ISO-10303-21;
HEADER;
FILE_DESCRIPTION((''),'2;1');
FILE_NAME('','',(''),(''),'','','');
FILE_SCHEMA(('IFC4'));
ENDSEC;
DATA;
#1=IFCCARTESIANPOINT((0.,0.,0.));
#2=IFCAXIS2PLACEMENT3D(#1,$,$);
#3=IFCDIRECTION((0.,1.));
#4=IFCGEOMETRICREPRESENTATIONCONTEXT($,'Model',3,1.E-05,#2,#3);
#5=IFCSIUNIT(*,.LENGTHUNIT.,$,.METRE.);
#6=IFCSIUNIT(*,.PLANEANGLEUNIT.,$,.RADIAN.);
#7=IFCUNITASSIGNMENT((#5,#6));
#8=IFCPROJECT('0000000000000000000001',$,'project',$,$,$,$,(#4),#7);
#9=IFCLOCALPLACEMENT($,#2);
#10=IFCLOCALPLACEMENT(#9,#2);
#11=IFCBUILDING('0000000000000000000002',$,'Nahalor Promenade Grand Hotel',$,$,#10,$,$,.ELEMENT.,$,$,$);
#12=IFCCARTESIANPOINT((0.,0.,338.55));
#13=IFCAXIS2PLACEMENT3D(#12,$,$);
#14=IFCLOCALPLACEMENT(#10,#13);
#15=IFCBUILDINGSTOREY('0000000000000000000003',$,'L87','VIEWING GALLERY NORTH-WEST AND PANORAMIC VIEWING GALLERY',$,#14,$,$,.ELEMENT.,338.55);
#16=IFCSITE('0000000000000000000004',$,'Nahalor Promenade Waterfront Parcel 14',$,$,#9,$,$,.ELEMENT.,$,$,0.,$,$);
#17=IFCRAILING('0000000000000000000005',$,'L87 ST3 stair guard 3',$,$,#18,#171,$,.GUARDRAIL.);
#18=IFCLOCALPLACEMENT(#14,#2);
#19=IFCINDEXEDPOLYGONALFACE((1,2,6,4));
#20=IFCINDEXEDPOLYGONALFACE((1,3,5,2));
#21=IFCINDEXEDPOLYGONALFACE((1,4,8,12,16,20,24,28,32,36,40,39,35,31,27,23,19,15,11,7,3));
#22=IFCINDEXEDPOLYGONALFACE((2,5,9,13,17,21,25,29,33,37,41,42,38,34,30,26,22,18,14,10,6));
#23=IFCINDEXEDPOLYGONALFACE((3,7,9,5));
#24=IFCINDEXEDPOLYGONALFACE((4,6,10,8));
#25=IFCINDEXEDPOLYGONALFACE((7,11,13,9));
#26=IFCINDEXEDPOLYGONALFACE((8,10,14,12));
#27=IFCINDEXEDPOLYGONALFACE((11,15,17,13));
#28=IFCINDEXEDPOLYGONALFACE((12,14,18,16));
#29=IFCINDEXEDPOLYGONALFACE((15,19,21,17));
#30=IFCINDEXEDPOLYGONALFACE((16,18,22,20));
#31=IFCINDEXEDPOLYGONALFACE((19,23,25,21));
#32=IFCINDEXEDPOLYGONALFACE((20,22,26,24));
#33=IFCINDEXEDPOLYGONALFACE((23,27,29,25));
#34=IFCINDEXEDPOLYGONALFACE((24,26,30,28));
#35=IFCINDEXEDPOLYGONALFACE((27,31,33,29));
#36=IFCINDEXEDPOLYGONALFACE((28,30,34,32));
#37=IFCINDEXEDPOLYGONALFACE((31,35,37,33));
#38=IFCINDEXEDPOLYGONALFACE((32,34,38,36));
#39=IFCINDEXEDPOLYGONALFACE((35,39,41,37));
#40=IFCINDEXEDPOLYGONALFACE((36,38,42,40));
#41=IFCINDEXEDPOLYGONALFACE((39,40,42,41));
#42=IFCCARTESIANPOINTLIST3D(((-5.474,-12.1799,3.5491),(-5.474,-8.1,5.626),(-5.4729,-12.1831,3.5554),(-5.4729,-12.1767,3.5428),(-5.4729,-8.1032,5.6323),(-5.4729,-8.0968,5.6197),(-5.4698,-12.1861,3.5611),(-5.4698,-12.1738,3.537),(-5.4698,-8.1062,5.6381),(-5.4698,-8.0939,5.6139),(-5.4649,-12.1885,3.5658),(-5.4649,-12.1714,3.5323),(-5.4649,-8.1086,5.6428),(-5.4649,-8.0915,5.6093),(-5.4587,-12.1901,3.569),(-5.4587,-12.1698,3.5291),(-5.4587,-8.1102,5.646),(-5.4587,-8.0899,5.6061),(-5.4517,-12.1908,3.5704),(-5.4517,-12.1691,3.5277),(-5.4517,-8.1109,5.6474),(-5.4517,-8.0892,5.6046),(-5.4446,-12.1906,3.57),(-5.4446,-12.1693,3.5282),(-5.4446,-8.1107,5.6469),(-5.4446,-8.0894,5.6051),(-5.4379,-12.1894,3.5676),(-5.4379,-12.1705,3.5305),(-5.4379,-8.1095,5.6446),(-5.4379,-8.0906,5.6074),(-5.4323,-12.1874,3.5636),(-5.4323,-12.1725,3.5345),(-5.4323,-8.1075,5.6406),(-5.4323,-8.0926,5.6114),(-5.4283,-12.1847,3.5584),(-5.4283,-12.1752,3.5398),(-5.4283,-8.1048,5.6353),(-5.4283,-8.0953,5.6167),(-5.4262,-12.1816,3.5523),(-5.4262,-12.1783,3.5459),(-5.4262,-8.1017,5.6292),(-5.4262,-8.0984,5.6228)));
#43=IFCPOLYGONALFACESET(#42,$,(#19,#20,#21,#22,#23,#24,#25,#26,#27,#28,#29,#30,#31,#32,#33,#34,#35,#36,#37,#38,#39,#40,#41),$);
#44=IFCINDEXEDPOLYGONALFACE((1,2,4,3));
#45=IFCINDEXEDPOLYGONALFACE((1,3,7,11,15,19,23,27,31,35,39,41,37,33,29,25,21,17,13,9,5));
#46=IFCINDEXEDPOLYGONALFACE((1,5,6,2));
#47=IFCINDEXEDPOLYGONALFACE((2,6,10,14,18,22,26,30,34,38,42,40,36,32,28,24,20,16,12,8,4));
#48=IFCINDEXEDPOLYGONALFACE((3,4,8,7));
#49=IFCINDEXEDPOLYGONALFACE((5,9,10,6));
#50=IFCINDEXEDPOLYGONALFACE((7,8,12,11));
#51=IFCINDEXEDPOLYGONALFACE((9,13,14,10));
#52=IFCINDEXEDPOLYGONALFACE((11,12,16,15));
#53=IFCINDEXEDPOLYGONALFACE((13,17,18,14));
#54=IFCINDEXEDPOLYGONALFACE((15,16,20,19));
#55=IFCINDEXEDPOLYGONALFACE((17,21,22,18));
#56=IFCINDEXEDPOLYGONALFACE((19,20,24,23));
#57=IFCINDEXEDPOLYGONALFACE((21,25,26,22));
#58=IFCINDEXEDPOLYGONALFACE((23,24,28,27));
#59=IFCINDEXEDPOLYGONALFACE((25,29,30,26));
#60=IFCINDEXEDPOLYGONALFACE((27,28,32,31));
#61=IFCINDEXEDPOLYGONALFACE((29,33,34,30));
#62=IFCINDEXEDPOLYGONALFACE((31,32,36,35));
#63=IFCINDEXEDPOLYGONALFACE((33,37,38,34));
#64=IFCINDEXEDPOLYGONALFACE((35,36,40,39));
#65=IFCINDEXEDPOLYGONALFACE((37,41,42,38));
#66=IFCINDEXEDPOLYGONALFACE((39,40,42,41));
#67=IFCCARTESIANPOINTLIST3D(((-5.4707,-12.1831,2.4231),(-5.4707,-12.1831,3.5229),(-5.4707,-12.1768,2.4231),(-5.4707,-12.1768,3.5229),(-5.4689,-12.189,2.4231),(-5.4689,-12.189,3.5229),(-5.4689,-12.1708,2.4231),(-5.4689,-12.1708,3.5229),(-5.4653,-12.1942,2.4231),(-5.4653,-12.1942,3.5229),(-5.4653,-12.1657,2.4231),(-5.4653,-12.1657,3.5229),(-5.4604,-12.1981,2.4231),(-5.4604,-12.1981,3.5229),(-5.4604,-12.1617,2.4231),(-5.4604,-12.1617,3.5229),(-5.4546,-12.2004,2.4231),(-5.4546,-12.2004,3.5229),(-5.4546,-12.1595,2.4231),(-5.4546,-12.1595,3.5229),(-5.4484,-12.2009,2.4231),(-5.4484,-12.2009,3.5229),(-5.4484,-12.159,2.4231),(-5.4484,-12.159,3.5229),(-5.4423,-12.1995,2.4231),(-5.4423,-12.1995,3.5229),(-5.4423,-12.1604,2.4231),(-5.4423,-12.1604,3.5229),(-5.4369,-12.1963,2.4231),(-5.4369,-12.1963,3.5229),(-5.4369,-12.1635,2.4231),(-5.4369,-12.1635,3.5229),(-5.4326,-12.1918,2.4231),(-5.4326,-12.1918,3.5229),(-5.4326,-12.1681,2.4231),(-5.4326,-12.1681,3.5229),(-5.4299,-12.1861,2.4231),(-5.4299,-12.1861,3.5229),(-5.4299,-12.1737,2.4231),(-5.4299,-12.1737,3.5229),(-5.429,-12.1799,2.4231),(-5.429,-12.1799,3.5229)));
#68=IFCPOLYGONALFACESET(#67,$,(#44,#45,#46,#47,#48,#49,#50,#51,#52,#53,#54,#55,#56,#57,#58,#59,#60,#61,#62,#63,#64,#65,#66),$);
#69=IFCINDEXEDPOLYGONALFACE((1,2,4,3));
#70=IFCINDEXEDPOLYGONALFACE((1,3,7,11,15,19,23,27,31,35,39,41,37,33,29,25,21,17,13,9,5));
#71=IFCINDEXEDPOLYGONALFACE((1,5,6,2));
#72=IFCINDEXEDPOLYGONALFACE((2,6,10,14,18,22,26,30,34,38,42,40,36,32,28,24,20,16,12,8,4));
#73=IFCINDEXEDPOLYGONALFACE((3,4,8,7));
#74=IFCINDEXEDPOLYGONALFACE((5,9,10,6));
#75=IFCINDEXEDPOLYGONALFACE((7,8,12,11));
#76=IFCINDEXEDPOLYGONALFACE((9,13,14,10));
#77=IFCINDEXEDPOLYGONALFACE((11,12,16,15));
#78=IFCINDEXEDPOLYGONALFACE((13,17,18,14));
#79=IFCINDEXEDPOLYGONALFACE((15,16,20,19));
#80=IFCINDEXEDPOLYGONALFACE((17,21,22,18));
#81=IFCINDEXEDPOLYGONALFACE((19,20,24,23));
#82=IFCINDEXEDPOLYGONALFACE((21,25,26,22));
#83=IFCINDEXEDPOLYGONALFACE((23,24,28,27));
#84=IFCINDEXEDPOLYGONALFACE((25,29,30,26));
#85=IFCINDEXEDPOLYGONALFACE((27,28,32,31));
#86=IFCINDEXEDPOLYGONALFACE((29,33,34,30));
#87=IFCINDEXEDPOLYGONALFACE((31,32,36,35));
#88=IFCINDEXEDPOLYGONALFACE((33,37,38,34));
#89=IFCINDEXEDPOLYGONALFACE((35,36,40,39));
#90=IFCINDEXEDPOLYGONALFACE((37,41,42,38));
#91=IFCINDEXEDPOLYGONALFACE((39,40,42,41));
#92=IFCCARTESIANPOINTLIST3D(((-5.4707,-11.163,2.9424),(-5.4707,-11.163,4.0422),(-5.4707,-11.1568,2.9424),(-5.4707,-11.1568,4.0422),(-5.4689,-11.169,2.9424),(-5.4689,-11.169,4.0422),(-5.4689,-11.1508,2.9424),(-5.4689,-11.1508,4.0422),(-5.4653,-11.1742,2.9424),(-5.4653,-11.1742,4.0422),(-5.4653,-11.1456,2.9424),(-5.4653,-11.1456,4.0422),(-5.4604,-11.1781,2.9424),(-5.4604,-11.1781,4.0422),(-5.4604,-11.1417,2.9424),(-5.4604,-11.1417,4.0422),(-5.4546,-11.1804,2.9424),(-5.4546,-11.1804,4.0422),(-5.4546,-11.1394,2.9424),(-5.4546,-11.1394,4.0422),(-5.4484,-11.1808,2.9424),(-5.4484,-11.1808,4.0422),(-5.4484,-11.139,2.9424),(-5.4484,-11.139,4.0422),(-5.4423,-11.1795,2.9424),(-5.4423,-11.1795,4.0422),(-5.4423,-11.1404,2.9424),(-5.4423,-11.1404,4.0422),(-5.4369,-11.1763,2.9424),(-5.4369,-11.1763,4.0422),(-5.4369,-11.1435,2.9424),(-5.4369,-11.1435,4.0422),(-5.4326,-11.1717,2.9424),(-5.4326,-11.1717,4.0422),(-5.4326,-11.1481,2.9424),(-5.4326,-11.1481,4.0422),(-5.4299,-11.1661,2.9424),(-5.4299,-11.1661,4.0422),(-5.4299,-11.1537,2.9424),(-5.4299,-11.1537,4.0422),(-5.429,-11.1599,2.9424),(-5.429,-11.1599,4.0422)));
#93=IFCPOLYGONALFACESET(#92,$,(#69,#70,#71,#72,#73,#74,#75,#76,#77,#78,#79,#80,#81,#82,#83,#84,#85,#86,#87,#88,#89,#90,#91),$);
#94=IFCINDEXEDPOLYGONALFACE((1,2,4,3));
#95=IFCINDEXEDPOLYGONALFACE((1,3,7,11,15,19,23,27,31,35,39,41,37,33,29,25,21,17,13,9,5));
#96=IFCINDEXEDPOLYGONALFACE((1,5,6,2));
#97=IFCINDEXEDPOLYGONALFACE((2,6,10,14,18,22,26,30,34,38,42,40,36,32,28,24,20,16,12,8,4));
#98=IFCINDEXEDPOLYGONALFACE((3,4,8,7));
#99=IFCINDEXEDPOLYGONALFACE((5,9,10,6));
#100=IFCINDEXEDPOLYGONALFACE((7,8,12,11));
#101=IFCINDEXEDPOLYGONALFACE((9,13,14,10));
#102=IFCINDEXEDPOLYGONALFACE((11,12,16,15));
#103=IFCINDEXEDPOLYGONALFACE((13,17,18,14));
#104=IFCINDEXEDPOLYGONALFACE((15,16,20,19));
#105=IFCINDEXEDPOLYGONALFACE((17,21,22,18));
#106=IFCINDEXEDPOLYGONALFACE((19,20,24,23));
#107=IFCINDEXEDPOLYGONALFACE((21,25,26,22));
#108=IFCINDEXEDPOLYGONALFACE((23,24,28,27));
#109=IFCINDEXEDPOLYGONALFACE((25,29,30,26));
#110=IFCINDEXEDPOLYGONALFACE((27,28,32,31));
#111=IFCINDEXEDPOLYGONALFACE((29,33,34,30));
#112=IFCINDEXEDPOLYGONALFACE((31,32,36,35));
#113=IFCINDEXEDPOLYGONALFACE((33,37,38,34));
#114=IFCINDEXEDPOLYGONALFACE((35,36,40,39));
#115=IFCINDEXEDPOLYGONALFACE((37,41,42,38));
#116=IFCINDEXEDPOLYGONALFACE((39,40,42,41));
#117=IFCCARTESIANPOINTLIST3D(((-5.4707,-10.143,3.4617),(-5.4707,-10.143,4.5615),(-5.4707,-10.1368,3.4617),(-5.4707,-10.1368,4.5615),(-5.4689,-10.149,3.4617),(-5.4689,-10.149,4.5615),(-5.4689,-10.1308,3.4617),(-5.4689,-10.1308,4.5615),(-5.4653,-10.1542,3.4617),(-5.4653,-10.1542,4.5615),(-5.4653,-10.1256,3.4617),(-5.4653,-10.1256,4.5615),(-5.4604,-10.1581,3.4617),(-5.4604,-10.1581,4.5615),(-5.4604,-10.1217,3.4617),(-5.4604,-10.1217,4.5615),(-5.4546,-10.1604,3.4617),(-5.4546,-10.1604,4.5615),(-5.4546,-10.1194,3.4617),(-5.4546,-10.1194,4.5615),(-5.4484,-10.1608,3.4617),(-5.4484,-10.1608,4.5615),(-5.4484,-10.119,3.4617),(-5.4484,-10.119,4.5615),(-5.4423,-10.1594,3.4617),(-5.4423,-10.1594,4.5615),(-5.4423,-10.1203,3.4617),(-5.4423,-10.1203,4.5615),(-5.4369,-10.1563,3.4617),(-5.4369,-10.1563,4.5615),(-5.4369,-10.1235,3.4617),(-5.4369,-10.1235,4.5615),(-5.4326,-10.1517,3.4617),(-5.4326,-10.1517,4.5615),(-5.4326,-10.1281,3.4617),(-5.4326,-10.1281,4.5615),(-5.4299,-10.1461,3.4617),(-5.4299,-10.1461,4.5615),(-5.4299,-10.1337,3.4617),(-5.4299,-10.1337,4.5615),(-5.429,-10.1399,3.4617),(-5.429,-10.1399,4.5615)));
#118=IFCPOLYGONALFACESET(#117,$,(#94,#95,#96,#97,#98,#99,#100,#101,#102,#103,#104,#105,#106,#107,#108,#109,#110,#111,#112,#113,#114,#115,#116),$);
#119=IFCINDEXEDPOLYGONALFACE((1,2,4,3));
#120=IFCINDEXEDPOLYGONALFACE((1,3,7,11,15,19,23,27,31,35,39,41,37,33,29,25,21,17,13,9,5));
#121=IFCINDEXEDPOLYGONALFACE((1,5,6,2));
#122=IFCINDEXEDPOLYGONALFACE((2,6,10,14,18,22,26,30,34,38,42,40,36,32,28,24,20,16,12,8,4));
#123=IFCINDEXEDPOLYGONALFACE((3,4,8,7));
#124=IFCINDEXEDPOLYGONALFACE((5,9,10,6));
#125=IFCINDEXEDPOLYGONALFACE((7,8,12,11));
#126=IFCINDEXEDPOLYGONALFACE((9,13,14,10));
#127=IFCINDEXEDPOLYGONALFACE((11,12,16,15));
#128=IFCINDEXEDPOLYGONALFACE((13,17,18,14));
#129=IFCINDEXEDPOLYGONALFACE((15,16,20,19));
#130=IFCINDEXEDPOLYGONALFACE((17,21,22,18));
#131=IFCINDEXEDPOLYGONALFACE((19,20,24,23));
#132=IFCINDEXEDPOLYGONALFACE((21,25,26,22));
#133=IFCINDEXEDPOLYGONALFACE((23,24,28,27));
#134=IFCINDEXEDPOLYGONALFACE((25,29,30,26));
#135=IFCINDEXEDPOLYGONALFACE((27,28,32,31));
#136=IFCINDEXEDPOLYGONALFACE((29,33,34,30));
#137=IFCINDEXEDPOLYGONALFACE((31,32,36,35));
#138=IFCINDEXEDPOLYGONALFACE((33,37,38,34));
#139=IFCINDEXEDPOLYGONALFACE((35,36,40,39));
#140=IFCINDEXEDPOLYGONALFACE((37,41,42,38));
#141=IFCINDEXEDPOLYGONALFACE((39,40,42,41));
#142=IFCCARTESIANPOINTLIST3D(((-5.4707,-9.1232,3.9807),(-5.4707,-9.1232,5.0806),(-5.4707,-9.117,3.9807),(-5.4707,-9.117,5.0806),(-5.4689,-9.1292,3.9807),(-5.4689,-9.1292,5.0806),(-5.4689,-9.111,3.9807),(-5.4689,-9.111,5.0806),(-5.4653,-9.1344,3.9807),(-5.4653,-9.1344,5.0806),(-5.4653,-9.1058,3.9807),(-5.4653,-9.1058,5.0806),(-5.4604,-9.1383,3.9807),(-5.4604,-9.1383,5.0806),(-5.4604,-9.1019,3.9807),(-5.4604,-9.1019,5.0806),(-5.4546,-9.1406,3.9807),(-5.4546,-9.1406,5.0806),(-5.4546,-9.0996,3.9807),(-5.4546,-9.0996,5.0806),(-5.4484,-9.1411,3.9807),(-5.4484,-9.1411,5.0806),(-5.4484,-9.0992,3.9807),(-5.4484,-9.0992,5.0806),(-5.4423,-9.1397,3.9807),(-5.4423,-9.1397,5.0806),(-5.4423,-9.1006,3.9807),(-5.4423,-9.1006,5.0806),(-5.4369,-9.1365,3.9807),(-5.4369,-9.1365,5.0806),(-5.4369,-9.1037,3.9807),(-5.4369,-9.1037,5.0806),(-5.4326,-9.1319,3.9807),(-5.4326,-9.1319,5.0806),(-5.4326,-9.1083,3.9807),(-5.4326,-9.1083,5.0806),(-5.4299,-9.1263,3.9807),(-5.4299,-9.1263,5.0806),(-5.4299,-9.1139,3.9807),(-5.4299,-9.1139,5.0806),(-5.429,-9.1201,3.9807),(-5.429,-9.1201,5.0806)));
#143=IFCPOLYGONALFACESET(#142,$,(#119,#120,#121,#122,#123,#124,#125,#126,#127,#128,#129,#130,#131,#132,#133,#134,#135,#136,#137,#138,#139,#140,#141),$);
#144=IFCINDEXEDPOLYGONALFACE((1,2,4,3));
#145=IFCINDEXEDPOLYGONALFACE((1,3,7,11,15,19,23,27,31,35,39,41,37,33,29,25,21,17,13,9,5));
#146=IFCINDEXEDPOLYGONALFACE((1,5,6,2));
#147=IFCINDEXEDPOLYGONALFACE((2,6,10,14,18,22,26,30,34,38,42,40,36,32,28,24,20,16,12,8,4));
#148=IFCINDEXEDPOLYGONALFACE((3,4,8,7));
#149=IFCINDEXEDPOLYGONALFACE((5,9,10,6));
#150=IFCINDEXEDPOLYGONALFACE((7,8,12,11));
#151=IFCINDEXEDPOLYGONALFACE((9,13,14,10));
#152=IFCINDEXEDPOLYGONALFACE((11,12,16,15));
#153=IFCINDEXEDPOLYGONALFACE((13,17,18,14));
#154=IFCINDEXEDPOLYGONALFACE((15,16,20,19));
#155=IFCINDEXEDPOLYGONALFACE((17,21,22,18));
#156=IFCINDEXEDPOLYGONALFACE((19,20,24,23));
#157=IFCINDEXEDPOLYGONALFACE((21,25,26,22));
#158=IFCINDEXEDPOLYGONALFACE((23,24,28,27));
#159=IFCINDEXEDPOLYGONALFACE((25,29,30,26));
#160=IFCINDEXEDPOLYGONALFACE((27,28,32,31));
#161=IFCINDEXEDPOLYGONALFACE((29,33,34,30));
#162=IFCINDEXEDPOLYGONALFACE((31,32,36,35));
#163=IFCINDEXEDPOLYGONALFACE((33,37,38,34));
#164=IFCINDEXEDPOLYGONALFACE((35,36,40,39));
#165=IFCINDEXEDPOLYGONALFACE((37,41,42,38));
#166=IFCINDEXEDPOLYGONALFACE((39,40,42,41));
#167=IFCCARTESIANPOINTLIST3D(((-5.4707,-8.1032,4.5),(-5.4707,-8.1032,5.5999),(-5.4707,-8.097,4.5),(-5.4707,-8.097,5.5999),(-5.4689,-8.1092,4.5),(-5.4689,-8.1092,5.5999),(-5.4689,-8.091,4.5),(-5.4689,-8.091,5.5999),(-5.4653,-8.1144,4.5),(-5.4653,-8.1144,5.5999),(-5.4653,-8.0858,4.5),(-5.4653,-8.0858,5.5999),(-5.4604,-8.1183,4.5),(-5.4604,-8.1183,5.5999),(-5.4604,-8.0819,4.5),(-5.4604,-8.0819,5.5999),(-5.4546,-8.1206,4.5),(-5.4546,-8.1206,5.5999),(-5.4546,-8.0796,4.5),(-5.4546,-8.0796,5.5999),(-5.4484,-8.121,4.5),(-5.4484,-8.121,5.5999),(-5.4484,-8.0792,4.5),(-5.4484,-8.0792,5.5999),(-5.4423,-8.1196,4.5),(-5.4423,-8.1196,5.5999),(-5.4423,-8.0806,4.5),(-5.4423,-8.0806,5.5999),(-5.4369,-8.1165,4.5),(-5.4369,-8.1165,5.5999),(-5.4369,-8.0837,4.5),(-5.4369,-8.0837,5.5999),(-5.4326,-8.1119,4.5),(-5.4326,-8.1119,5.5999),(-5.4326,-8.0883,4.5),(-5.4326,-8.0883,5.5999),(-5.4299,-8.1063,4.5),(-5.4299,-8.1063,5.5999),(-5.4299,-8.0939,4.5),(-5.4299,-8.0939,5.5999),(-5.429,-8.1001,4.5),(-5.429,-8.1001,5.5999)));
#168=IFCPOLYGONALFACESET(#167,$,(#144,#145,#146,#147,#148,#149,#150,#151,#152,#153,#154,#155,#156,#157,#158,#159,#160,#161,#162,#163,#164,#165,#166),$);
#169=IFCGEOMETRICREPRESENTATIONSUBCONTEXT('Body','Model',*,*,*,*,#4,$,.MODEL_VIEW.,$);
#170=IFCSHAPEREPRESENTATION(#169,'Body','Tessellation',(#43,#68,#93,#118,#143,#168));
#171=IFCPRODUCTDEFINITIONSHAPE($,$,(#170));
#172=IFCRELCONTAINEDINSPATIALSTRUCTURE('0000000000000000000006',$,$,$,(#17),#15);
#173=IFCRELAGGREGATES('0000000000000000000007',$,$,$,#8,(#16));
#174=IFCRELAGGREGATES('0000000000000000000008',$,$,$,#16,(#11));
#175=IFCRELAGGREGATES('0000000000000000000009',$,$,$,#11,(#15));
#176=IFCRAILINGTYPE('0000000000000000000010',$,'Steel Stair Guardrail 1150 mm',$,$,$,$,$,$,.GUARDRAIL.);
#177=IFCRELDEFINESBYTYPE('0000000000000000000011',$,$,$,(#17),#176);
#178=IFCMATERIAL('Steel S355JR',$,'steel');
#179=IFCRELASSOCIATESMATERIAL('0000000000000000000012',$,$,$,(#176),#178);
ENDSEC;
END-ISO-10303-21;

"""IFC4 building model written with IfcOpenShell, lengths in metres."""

from ifc_helpers import new_model, si_unit, direction, frame, origin, origin_2d, place, context, subcontext, project, spatial, circle, extrude, material, type_object, element, save


model = new_model("IFC4")

# Units and contexts
model_context = context("Model", 3, precision=1e-05, world=origin(), true_north=direction((0.0, 1.0)))
body_context = subcontext(model_context, "Body", "Model", "MODEL_VIEW")
ifc_project = project(units=[si_unit("LENGTHUNIT", "METRE"), si_unit("PLANEANGLEUNIT", "RADIAN")], contexts=[model_context])

# Site, building, storey
site_placement = place(None, origin())
site = spatial("IfcSite", under=ifc_project, at=site_placement, Name="Nahalor Promenade Waterfront Parcel 14", CompositionType="ELEMENT", RefElevation=0.0)
building_placement = place(site_placement, origin())
building = spatial("IfcBuilding", under=site, at=building_placement, Name="Nahalor Promenade Grand Hotel", CompositionType="ELEMENT")
storey_placement = place(building_placement, frame((0.0, 0.0, 338.55)))
storey = spatial("IfcBuildingStorey", under=building, at=storey_placement, Name="L87", Description="VIEWING GALLERY NORTH-WEST AND PANORAMIC VIEWING GALLERY", CompositionType="ELEMENT", Elevation=338.55)

# Shared definitions
ifc_material_1 = material(Name="Steel S355JR", Category="steel")

# Railing
railing_type_1 = type_object("IfcRailingType", Name="Steel Stair Guardrail 1150 mm", PredefinedType="GUARDRAIL", material=ifc_material_1)
railing_1_placement = place(storey_placement, frame((-5.45, -12.1799, 2.4231)))
element("IfcRailing", 1, at=railing_1_placement, inside=storey, type_object=railing_type_1, Name="L87 ST3 stair guard 3", PredefinedType="GUARDRAIL", context=body_context, shape_type="SweptSolid", body=[
    extrude(circle(Radius=0.024, at=origin_2d()), frame((0.0, 0.0, 1.126), z_axis=(0.0, 0.891172, 0.453665), x_axis=(-1.0, 0.0, 0.0)), (0.0, 0.0, 1.0), 4.5781),
    extrude(circle(Radius=0.021, at=origin_2d()), origin(), (0.0, 0.0, 1.0), 1.0999),
    extrude(circle(Radius=0.021, at=origin_2d()), frame((0.0, 1.02, 0.5193)), (0.0, 0.0, 1.0), 1.0999),
    extrude(circle(Radius=0.021, at=origin_2d()), frame((0.0, 2.04, 1.0386)), (0.0, 0.0, 1.0), 1.0999),
    extrude(circle(Radius=0.021, at=origin_2d()), frame((0.0, 3.0598, 1.5576)), (0.0, 0.0, 1.0), 1.0999),
    extrude(circle(Radius=0.021, at=origin_2d()), frame((0.0, 4.0798, 2.0769)), (0.0, 0.0, 1.0), 1.0999),
])

save(model, "model.ifc")
